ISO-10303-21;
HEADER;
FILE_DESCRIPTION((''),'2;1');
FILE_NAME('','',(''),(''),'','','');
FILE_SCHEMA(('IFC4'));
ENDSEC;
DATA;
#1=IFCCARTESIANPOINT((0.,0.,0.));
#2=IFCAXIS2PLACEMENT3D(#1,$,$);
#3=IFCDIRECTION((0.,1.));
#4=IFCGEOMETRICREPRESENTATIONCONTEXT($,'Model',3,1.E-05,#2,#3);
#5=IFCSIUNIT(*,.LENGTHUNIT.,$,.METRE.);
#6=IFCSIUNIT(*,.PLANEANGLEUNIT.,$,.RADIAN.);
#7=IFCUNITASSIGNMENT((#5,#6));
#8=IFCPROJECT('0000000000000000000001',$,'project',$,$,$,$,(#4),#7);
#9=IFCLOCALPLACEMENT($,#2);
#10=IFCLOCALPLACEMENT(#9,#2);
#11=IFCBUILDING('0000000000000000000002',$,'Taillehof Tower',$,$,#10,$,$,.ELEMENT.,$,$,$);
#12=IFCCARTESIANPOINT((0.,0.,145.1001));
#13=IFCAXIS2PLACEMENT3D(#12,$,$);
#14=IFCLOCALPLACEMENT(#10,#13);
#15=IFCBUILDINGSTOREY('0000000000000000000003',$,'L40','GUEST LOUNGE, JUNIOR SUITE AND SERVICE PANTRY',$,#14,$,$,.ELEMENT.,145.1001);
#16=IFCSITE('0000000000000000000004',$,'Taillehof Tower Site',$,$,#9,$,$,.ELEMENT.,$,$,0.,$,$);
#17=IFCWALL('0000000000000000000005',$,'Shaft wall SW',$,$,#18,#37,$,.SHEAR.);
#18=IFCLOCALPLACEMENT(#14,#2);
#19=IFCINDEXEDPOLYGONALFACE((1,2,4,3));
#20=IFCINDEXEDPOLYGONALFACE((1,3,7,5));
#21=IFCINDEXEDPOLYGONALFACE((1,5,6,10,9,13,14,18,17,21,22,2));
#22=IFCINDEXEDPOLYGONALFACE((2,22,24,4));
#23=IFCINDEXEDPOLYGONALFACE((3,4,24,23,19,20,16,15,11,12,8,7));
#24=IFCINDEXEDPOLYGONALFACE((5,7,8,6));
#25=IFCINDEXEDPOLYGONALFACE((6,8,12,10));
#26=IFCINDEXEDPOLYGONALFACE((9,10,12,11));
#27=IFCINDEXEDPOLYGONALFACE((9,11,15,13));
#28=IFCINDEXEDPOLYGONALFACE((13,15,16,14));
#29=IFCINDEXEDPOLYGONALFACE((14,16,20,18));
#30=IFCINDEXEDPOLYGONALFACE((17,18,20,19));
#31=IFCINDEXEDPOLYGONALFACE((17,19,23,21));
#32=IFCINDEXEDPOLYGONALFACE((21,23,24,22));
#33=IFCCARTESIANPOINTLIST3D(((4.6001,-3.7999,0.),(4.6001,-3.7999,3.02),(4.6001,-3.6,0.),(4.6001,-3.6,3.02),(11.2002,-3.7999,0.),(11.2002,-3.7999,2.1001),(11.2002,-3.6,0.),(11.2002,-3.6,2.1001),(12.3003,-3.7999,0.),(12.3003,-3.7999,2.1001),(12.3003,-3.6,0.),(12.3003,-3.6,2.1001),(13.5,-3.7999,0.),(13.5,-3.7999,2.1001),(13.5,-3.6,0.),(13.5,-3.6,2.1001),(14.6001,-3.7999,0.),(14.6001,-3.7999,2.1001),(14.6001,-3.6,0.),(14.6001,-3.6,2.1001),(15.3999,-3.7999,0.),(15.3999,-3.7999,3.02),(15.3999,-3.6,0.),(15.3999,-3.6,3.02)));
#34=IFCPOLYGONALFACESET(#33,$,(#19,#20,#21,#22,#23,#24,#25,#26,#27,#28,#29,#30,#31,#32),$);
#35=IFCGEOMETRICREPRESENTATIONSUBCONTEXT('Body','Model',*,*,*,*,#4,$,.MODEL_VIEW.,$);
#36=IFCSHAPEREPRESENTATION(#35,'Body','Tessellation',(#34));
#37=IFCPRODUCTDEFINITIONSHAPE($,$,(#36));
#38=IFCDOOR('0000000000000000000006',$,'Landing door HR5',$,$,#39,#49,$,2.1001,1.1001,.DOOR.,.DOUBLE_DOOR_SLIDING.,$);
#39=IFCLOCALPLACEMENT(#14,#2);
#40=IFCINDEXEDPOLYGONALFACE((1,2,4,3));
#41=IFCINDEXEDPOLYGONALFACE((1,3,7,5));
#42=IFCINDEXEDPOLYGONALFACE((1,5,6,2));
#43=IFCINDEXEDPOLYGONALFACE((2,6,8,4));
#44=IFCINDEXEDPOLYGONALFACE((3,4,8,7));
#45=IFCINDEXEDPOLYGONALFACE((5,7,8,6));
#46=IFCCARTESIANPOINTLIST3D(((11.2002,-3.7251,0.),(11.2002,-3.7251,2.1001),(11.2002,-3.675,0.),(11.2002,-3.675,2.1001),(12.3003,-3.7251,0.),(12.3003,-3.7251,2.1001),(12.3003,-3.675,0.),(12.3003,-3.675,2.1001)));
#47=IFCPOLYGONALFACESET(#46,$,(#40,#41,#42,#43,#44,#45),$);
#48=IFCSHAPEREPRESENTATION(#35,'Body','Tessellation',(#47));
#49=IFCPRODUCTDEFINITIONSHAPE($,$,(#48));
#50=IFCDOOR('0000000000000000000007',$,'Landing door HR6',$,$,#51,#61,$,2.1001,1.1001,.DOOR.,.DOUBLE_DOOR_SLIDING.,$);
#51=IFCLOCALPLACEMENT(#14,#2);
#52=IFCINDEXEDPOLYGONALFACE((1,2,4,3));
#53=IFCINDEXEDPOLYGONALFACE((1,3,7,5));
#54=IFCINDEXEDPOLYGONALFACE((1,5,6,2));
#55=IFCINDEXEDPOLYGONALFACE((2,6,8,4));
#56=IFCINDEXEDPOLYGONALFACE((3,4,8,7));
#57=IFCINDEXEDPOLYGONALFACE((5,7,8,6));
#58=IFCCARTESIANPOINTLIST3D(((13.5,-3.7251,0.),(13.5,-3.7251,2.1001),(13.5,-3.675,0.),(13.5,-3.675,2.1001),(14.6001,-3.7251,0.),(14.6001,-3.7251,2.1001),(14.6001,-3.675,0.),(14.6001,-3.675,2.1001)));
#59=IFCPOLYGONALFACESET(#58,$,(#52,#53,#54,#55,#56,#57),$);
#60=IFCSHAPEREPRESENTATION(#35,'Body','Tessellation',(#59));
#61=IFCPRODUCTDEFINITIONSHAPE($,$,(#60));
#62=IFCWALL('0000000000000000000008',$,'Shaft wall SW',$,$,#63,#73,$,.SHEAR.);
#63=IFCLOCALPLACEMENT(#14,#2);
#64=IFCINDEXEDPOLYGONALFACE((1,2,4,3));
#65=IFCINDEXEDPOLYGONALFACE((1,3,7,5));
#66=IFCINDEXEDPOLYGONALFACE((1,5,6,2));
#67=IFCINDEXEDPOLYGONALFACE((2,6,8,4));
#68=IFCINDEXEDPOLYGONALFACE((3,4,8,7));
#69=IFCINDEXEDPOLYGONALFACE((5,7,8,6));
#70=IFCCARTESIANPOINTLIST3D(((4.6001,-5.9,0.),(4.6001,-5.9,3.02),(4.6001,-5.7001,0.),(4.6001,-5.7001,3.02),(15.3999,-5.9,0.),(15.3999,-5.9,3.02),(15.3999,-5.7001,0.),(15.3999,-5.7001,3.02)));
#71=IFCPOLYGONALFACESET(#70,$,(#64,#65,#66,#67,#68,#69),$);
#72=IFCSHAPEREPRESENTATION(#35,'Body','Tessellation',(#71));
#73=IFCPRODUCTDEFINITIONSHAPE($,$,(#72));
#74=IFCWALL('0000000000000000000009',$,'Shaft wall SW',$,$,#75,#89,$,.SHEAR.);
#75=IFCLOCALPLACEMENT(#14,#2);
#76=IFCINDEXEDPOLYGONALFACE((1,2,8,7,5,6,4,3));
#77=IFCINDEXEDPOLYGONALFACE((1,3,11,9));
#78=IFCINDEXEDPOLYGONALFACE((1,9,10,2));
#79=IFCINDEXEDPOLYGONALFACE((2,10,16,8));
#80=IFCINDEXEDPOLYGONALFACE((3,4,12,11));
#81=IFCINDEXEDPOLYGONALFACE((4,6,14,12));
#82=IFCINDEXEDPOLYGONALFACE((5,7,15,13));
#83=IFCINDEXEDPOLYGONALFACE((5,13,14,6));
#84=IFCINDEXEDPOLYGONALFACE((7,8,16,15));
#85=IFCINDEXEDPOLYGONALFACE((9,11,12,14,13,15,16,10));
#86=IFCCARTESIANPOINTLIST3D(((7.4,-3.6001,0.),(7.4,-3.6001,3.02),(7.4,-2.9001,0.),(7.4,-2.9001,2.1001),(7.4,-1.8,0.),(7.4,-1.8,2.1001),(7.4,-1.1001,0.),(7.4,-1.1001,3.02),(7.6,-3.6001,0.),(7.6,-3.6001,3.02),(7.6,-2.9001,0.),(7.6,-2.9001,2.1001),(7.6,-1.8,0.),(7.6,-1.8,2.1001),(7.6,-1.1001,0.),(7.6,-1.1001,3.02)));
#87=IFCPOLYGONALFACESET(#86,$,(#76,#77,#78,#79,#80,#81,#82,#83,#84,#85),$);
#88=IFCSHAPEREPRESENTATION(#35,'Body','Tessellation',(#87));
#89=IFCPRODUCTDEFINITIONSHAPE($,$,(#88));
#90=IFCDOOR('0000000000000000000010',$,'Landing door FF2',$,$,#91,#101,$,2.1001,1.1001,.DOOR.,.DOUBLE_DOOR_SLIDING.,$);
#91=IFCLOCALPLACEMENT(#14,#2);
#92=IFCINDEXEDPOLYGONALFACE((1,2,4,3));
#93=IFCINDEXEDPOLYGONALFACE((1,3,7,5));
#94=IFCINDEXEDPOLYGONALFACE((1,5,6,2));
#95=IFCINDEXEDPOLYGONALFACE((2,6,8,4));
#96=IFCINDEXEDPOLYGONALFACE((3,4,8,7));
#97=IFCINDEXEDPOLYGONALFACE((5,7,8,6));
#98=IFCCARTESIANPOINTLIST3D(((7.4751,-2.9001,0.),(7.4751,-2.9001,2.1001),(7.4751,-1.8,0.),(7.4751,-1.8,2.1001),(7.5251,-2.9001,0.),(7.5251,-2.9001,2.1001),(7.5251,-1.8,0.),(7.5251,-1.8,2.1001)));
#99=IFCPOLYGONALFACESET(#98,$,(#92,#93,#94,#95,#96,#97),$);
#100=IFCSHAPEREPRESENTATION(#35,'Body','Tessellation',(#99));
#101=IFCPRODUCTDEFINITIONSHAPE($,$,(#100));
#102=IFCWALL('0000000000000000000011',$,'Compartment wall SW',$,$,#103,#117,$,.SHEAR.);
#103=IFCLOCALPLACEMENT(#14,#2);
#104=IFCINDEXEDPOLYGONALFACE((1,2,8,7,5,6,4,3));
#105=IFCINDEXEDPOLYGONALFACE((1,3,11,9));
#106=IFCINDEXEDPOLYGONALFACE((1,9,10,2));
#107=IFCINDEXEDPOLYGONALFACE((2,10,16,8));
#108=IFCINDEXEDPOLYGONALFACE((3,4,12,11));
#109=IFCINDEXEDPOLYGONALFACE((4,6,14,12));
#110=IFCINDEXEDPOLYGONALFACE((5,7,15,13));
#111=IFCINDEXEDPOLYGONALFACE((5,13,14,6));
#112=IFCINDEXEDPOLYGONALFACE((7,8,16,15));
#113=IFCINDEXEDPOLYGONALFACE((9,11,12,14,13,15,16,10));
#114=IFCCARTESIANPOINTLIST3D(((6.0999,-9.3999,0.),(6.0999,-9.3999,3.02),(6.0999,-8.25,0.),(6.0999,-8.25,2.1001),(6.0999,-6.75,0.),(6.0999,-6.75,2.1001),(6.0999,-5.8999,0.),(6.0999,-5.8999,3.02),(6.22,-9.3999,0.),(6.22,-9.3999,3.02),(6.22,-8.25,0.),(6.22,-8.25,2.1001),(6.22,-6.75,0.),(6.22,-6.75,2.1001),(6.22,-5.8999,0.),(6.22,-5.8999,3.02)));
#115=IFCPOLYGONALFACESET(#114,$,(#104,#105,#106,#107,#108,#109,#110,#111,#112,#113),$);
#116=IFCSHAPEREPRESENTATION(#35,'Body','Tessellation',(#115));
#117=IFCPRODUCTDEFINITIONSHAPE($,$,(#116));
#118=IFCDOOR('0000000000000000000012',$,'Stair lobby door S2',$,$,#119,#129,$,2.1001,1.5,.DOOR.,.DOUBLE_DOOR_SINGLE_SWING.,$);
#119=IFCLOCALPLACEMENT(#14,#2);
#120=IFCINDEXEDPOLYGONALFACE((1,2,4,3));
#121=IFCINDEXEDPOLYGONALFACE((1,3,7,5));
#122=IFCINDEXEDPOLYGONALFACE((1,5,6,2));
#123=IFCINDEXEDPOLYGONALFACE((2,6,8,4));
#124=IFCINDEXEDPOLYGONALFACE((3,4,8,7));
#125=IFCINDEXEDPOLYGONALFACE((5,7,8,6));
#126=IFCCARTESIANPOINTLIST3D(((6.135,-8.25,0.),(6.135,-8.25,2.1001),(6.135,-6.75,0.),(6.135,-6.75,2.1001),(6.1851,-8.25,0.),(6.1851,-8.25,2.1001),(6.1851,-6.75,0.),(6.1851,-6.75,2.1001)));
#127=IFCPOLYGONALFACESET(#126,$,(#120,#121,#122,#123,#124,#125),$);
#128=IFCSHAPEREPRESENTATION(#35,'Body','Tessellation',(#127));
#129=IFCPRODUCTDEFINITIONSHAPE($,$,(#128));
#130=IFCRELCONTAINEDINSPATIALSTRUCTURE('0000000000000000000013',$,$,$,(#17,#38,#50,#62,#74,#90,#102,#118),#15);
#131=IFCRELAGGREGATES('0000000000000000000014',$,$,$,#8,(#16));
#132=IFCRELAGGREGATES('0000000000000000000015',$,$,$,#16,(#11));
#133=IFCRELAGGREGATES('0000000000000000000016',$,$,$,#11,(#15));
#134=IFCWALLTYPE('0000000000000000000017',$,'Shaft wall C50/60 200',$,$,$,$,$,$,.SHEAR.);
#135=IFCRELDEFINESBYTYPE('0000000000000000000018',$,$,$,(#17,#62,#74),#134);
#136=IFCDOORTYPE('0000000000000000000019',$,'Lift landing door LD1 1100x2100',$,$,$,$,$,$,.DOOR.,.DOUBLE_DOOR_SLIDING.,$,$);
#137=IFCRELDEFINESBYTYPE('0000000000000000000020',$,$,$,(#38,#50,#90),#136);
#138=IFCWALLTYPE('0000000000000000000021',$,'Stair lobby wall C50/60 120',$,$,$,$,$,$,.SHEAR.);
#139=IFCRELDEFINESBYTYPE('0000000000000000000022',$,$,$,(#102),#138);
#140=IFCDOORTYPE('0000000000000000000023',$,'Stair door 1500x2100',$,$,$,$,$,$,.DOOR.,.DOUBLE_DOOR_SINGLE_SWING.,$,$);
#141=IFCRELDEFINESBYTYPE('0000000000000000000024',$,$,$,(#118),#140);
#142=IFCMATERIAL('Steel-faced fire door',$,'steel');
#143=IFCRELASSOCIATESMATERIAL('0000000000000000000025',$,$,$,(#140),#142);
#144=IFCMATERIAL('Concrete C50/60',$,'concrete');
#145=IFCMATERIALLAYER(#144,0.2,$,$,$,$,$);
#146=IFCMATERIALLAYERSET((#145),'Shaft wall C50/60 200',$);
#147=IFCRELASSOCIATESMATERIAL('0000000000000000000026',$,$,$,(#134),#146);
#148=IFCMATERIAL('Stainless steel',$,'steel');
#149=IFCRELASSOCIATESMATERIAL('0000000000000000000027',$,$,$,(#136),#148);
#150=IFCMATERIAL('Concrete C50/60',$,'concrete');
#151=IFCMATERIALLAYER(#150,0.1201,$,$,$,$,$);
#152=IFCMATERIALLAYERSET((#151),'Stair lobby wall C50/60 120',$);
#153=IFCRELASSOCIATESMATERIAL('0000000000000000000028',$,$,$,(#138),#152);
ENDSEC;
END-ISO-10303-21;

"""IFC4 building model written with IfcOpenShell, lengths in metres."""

from ifc_helpers import new_model, si_unit, direction, frame, frame_2d, origin, place, context, subcontext, project, spatial, rectangle, extrude, material, layer, layer_set, type_object, element, fill, save


model = new_model("IFC4")

# Units and contexts
model_context = context("Model", 3, precision=1e-05, world=origin(), true_north=direction((0.0, 1.0)))
body_context = subcontext(model_context, "Body", "Model", "MODEL_VIEW")
ifc_project = project(units=[si_unit("LENGTHUNIT", "METRE"), si_unit("PLANEANGLEUNIT", "RADIAN")], contexts=[model_context])

# Site, building, storey
site_placement = place(None, origin())
site = spatial("IfcSite", under=ifc_project, at=site_placement, Name="Taillehof Tower Site", CompositionType="ELEMENT", RefElevation=0.0)
building_placement = place(site_placement, origin())
building = spatial("IfcBuilding", under=site, at=building_placement, Name="Taillehof Tower", CompositionType="ELEMENT")
storey_placement = place(building_placement, frame((0.0, 0.0, 145.1001)))
storey = spatial("IfcBuildingStorey", under=building, at=storey_placement, Name="L40", Description="GUEST LOUNGE, JUNIOR SUITE AND SERVICE PANTRY", CompositionType="ELEMENT", Elevation=145.1001)

# Wall, openings, doors
ifc_material_1 = material(Name="Steel-faced fire door", Category="steel")
door_type_1 = type_object("IfcDoorType", Name="Stair door 1500x2100", OperationType="DOUBLE_DOOR_SINGLE_SWING", PredefinedType="DOOR", material=ifc_material_1)
ifc_material_2 = material(Name="Concrete C50/60", Category="concrete")
ifc_layer_1 = layer(ifc_material_2, 0.2)
ifc_layer_set_1 = layer_set([ifc_layer_1], Name="Shaft wall C50/60 200")
wall_type_1 = type_object("IfcWallType", Name="Shaft wall C50/60 200", PredefinedType="SHEAR", material=ifc_layer_set_1)
wall_1_placement = place(storey_placement, frame((4.6001, -3.7, 0.0), z_axis=(0.0, 0.0, 1.0), x_axis=(1.0, 0.0, 0.0)))
wall_1 = element("IfcWall", 1, at=wall_1_placement, inside=storey, type_object=wall_type_1, Name="Shaft wall SW", PredefinedType="SHEAR", context=body_context, shape_type="SweptSolid", body=[
    extrude(rectangle(XDim=10.7998, YDim=0.2, at=frame_2d((5.3999, 0.0))), origin(), (0.0, 0.0, 1.0), 3.02),
])
opening_1_placement = place(wall_1_placement, frame((6.6001, 0.0, 0.0)))
opening_1 = element("IfcOpeningElement", 2, at=opening_1_placement, cuts=wall_1, PredefinedType="OPENING", context=body_context, shape_type="SweptSolid", body=[
    extrude(rectangle(XDim=1.1001, YDim=2.1001, at=frame_2d((0.55, 1.05))), frame((0.0, 0.1099, 0.0), z_axis=(0.0, -1.0, 0.0), x_axis=(1.0, 0.0, 0.0)), (0.0, 0.0, 1.0), 0.22),
])
opening_2_placement = place(wall_1_placement, frame((8.8999, 0.0, 0.0)))
opening_2 = element("IfcOpeningElement", 3, at=opening_2_placement, cuts=wall_1, PredefinedType="OPENING", context=body_context, shape_type="SweptSolid", body=[
    extrude(rectangle(XDim=1.1001, YDim=2.1001, at=frame_2d((0.55, 1.05))), frame((0.0, 0.1099, 0.0), z_axis=(0.0, -1.0, 0.0), x_axis=(1.0, 0.0, 0.0)), (0.0, 0.0, 1.0), 0.22),
])
ifc_material_3 = material(Name="Stainless steel", Category="steel")
door_type_2 = type_object("IfcDoorType", Name="Lift landing door LD1 1100x2100", OperationType="DOUBLE_DOOR_SLIDING", PredefinedType="DOOR", material=ifc_material_3)
door_1_placement = place(opening_1_placement, origin())
door_1 = element("IfcDoor", 4, at=door_1_placement, inside=storey, type_object=door_type_2, Name="Landing door HR5", OperationType="DOUBLE_DOOR_SLIDING", OverallHeight=2.1001, OverallWidth=1.1001, PredefinedType="DOOR", context=body_context, shape_type="SweptSolid", body=[
    extrude(rectangle(XDim=1.1001, YDim=2.1001, at=frame_2d((0.55, 1.05))), frame((0.0, 0.0249, 0.0), z_axis=(0.0, -1.0, 0.0), x_axis=(1.0, 0.0, 0.0)), (0.0, 0.0, 1.0), 0.05),
])
fill(opening_1, door_1)
door_2_placement = place(opening_2_placement, origin())
door_2 = element("IfcDoor", 5, at=door_2_placement, inside=storey, type_object=door_type_2, Name="Landing door HR6", OperationType="DOUBLE_DOOR_SLIDING", OverallHeight=2.1001, OverallWidth=1.1001, PredefinedType="DOOR", context=body_context, shape_type="SweptSolid", body=[
    extrude(rectangle(XDim=1.1001, YDim=2.1001, at=frame_2d((0.55, 1.05))), frame((0.0, 0.0249, 0.0), z_axis=(0.0, -1.0, 0.0), x_axis=(1.0, 0.0, 0.0)), (0.0, 0.0, 1.0), 0.05),
])
fill(opening_2, door_2)

# Wall
wall_2_placement = place(storey_placement, frame((4.6001, -5.8, 0.0), z_axis=(0.0, 0.0, 1.0), x_axis=(1.0, 0.0, 0.0)))
element("IfcWall", 6, at=wall_2_placement, inside=storey, type_object=wall_type_1, Name="Shaft wall SW", PredefinedType="SHEAR", context=body_context, shape_type="SweptSolid", body=[
    extrude(rectangle(XDim=10.7998, YDim=0.2, at=frame_2d((5.3999, 0.0))), origin(), (0.0, 0.0, 1.0), 3.02),
])

# Walls, openings, doors
wall_3_placement = place(storey_placement, frame((7.5, -3.6001, 0.0), z_axis=(0.0, 0.0, 1.0), x_axis=(0.0, 1.0, 0.0)))
wall_3 = element("IfcWall", 7, at=wall_3_placement, inside=storey, type_object=wall_type_1, Name="Shaft wall SW", PredefinedType="SHEAR", context=body_context, shape_type="SweptSolid", body=[
    extrude(rectangle(XDim=2.5, YDim=0.2, at=frame_2d((1.25, 0.0))), origin(), (0.0, 0.0, 1.0), 3.02),
])
opening_3_placement = place(wall_3_placement, frame((0.7, 0.0, 0.0)))
opening_3 = element("IfcOpeningElement", 8, at=opening_3_placement, cuts=wall_3, PredefinedType="OPENING", context=body_context, shape_type="SweptSolid", body=[
    extrude(rectangle(XDim=1.1001, YDim=2.1001, at=frame_2d((0.55, 1.05))), frame((0.0, 0.1099, 0.0), z_axis=(0.0, -1.0, 0.0), x_axis=(1.0, 0.0, 0.0)), (0.0, 0.0, 1.0), 0.22),
])
door_3_placement = place(opening_3_placement, origin())
door_3 = element("IfcDoor", 9, at=door_3_placement, inside=storey, type_object=door_type_2, Name="Landing door FF2", OperationType="DOUBLE_DOOR_SLIDING", OverallHeight=2.1001, OverallWidth=1.1001, PredefinedType="DOOR", context=body_context, shape_type="SweptSolid", body=[
    extrude(rectangle(XDim=1.1001, YDim=2.1001, at=frame_2d((0.55, 1.05))), frame((0.0, 0.0249, 0.0), z_axis=(0.0, -1.0, 0.0), x_axis=(1.0, 0.0, 0.0)), (0.0, 0.0, 1.0), 0.05),
])
fill(opening_3, door_3)
ifc_material_4 = material(Name="Concrete C50/60", Category="concrete")
ifc_layer_2 = layer(ifc_material_4, 0.1201)
ifc_layer_set_2 = layer_set([ifc_layer_2], Name="Stair lobby wall C50/60 120")
wall_type_2 = type_object("IfcWallType", Name="Stair lobby wall C50/60 120", PredefinedType="SHEAR", material=ifc_layer_set_2)
wall_4_placement = place(storey_placement, frame((6.1599, -9.3999, 0.0), z_axis=(0.0, 0.0, 1.0), x_axis=(0.0, 1.0, 0.0)))
wall_4 = element("IfcWall", 10, at=wall_4_placement, inside=storey, type_object=wall_type_2, Name="Compartment wall SW", PredefinedType="SHEAR", context=body_context, shape_type="SweptSolid", body=[
    extrude(rectangle(XDim=3.5, YDim=0.1201, at=frame_2d((1.75, 0.0))), origin(), (0.0, 0.0, 1.0), 3.02),
])
opening_4_placement = place(wall_4_placement, frame((1.1499, 0.0, 0.0)))
opening_4 = element("IfcOpeningElement", 11, at=opening_4_placement, cuts=wall_4, PredefinedType="OPENING", context=body_context, shape_type="SweptSolid", body=[
    extrude(rectangle(XDim=1.5, YDim=2.1001, at=frame_2d((0.75, 1.05))), frame((0.0, 0.0701, 0.0), z_axis=(0.0, -1.0, 0.0), x_axis=(1.0, 0.0, 0.0)), (0.0, 0.0, 1.0), 0.1401),
])
door_4_placement = place(opening_4_placement, origin())
door_4 = element("IfcDoor", 12, at=door_4_placement, inside=storey, type_object=door_type_1, Name="Stair lobby door S2", OperationType="DOUBLE_DOOR_SINGLE_SWING", OverallHeight=2.1001, OverallWidth=1.5, PredefinedType="DOOR", context=body_context, shape_type="SweptSolid", body=[
    extrude(rectangle(XDim=1.5, YDim=2.1001, at=frame_2d((0.75, 1.05))), frame((0.0, 0.0249, 0.0), z_axis=(0.0, -1.0, 0.0), x_axis=(1.0, 0.0, 0.0)), (0.0, 0.0, 1.0), 0.05),
])
fill(opening_4, door_4)

save(model, "model.ifc")
